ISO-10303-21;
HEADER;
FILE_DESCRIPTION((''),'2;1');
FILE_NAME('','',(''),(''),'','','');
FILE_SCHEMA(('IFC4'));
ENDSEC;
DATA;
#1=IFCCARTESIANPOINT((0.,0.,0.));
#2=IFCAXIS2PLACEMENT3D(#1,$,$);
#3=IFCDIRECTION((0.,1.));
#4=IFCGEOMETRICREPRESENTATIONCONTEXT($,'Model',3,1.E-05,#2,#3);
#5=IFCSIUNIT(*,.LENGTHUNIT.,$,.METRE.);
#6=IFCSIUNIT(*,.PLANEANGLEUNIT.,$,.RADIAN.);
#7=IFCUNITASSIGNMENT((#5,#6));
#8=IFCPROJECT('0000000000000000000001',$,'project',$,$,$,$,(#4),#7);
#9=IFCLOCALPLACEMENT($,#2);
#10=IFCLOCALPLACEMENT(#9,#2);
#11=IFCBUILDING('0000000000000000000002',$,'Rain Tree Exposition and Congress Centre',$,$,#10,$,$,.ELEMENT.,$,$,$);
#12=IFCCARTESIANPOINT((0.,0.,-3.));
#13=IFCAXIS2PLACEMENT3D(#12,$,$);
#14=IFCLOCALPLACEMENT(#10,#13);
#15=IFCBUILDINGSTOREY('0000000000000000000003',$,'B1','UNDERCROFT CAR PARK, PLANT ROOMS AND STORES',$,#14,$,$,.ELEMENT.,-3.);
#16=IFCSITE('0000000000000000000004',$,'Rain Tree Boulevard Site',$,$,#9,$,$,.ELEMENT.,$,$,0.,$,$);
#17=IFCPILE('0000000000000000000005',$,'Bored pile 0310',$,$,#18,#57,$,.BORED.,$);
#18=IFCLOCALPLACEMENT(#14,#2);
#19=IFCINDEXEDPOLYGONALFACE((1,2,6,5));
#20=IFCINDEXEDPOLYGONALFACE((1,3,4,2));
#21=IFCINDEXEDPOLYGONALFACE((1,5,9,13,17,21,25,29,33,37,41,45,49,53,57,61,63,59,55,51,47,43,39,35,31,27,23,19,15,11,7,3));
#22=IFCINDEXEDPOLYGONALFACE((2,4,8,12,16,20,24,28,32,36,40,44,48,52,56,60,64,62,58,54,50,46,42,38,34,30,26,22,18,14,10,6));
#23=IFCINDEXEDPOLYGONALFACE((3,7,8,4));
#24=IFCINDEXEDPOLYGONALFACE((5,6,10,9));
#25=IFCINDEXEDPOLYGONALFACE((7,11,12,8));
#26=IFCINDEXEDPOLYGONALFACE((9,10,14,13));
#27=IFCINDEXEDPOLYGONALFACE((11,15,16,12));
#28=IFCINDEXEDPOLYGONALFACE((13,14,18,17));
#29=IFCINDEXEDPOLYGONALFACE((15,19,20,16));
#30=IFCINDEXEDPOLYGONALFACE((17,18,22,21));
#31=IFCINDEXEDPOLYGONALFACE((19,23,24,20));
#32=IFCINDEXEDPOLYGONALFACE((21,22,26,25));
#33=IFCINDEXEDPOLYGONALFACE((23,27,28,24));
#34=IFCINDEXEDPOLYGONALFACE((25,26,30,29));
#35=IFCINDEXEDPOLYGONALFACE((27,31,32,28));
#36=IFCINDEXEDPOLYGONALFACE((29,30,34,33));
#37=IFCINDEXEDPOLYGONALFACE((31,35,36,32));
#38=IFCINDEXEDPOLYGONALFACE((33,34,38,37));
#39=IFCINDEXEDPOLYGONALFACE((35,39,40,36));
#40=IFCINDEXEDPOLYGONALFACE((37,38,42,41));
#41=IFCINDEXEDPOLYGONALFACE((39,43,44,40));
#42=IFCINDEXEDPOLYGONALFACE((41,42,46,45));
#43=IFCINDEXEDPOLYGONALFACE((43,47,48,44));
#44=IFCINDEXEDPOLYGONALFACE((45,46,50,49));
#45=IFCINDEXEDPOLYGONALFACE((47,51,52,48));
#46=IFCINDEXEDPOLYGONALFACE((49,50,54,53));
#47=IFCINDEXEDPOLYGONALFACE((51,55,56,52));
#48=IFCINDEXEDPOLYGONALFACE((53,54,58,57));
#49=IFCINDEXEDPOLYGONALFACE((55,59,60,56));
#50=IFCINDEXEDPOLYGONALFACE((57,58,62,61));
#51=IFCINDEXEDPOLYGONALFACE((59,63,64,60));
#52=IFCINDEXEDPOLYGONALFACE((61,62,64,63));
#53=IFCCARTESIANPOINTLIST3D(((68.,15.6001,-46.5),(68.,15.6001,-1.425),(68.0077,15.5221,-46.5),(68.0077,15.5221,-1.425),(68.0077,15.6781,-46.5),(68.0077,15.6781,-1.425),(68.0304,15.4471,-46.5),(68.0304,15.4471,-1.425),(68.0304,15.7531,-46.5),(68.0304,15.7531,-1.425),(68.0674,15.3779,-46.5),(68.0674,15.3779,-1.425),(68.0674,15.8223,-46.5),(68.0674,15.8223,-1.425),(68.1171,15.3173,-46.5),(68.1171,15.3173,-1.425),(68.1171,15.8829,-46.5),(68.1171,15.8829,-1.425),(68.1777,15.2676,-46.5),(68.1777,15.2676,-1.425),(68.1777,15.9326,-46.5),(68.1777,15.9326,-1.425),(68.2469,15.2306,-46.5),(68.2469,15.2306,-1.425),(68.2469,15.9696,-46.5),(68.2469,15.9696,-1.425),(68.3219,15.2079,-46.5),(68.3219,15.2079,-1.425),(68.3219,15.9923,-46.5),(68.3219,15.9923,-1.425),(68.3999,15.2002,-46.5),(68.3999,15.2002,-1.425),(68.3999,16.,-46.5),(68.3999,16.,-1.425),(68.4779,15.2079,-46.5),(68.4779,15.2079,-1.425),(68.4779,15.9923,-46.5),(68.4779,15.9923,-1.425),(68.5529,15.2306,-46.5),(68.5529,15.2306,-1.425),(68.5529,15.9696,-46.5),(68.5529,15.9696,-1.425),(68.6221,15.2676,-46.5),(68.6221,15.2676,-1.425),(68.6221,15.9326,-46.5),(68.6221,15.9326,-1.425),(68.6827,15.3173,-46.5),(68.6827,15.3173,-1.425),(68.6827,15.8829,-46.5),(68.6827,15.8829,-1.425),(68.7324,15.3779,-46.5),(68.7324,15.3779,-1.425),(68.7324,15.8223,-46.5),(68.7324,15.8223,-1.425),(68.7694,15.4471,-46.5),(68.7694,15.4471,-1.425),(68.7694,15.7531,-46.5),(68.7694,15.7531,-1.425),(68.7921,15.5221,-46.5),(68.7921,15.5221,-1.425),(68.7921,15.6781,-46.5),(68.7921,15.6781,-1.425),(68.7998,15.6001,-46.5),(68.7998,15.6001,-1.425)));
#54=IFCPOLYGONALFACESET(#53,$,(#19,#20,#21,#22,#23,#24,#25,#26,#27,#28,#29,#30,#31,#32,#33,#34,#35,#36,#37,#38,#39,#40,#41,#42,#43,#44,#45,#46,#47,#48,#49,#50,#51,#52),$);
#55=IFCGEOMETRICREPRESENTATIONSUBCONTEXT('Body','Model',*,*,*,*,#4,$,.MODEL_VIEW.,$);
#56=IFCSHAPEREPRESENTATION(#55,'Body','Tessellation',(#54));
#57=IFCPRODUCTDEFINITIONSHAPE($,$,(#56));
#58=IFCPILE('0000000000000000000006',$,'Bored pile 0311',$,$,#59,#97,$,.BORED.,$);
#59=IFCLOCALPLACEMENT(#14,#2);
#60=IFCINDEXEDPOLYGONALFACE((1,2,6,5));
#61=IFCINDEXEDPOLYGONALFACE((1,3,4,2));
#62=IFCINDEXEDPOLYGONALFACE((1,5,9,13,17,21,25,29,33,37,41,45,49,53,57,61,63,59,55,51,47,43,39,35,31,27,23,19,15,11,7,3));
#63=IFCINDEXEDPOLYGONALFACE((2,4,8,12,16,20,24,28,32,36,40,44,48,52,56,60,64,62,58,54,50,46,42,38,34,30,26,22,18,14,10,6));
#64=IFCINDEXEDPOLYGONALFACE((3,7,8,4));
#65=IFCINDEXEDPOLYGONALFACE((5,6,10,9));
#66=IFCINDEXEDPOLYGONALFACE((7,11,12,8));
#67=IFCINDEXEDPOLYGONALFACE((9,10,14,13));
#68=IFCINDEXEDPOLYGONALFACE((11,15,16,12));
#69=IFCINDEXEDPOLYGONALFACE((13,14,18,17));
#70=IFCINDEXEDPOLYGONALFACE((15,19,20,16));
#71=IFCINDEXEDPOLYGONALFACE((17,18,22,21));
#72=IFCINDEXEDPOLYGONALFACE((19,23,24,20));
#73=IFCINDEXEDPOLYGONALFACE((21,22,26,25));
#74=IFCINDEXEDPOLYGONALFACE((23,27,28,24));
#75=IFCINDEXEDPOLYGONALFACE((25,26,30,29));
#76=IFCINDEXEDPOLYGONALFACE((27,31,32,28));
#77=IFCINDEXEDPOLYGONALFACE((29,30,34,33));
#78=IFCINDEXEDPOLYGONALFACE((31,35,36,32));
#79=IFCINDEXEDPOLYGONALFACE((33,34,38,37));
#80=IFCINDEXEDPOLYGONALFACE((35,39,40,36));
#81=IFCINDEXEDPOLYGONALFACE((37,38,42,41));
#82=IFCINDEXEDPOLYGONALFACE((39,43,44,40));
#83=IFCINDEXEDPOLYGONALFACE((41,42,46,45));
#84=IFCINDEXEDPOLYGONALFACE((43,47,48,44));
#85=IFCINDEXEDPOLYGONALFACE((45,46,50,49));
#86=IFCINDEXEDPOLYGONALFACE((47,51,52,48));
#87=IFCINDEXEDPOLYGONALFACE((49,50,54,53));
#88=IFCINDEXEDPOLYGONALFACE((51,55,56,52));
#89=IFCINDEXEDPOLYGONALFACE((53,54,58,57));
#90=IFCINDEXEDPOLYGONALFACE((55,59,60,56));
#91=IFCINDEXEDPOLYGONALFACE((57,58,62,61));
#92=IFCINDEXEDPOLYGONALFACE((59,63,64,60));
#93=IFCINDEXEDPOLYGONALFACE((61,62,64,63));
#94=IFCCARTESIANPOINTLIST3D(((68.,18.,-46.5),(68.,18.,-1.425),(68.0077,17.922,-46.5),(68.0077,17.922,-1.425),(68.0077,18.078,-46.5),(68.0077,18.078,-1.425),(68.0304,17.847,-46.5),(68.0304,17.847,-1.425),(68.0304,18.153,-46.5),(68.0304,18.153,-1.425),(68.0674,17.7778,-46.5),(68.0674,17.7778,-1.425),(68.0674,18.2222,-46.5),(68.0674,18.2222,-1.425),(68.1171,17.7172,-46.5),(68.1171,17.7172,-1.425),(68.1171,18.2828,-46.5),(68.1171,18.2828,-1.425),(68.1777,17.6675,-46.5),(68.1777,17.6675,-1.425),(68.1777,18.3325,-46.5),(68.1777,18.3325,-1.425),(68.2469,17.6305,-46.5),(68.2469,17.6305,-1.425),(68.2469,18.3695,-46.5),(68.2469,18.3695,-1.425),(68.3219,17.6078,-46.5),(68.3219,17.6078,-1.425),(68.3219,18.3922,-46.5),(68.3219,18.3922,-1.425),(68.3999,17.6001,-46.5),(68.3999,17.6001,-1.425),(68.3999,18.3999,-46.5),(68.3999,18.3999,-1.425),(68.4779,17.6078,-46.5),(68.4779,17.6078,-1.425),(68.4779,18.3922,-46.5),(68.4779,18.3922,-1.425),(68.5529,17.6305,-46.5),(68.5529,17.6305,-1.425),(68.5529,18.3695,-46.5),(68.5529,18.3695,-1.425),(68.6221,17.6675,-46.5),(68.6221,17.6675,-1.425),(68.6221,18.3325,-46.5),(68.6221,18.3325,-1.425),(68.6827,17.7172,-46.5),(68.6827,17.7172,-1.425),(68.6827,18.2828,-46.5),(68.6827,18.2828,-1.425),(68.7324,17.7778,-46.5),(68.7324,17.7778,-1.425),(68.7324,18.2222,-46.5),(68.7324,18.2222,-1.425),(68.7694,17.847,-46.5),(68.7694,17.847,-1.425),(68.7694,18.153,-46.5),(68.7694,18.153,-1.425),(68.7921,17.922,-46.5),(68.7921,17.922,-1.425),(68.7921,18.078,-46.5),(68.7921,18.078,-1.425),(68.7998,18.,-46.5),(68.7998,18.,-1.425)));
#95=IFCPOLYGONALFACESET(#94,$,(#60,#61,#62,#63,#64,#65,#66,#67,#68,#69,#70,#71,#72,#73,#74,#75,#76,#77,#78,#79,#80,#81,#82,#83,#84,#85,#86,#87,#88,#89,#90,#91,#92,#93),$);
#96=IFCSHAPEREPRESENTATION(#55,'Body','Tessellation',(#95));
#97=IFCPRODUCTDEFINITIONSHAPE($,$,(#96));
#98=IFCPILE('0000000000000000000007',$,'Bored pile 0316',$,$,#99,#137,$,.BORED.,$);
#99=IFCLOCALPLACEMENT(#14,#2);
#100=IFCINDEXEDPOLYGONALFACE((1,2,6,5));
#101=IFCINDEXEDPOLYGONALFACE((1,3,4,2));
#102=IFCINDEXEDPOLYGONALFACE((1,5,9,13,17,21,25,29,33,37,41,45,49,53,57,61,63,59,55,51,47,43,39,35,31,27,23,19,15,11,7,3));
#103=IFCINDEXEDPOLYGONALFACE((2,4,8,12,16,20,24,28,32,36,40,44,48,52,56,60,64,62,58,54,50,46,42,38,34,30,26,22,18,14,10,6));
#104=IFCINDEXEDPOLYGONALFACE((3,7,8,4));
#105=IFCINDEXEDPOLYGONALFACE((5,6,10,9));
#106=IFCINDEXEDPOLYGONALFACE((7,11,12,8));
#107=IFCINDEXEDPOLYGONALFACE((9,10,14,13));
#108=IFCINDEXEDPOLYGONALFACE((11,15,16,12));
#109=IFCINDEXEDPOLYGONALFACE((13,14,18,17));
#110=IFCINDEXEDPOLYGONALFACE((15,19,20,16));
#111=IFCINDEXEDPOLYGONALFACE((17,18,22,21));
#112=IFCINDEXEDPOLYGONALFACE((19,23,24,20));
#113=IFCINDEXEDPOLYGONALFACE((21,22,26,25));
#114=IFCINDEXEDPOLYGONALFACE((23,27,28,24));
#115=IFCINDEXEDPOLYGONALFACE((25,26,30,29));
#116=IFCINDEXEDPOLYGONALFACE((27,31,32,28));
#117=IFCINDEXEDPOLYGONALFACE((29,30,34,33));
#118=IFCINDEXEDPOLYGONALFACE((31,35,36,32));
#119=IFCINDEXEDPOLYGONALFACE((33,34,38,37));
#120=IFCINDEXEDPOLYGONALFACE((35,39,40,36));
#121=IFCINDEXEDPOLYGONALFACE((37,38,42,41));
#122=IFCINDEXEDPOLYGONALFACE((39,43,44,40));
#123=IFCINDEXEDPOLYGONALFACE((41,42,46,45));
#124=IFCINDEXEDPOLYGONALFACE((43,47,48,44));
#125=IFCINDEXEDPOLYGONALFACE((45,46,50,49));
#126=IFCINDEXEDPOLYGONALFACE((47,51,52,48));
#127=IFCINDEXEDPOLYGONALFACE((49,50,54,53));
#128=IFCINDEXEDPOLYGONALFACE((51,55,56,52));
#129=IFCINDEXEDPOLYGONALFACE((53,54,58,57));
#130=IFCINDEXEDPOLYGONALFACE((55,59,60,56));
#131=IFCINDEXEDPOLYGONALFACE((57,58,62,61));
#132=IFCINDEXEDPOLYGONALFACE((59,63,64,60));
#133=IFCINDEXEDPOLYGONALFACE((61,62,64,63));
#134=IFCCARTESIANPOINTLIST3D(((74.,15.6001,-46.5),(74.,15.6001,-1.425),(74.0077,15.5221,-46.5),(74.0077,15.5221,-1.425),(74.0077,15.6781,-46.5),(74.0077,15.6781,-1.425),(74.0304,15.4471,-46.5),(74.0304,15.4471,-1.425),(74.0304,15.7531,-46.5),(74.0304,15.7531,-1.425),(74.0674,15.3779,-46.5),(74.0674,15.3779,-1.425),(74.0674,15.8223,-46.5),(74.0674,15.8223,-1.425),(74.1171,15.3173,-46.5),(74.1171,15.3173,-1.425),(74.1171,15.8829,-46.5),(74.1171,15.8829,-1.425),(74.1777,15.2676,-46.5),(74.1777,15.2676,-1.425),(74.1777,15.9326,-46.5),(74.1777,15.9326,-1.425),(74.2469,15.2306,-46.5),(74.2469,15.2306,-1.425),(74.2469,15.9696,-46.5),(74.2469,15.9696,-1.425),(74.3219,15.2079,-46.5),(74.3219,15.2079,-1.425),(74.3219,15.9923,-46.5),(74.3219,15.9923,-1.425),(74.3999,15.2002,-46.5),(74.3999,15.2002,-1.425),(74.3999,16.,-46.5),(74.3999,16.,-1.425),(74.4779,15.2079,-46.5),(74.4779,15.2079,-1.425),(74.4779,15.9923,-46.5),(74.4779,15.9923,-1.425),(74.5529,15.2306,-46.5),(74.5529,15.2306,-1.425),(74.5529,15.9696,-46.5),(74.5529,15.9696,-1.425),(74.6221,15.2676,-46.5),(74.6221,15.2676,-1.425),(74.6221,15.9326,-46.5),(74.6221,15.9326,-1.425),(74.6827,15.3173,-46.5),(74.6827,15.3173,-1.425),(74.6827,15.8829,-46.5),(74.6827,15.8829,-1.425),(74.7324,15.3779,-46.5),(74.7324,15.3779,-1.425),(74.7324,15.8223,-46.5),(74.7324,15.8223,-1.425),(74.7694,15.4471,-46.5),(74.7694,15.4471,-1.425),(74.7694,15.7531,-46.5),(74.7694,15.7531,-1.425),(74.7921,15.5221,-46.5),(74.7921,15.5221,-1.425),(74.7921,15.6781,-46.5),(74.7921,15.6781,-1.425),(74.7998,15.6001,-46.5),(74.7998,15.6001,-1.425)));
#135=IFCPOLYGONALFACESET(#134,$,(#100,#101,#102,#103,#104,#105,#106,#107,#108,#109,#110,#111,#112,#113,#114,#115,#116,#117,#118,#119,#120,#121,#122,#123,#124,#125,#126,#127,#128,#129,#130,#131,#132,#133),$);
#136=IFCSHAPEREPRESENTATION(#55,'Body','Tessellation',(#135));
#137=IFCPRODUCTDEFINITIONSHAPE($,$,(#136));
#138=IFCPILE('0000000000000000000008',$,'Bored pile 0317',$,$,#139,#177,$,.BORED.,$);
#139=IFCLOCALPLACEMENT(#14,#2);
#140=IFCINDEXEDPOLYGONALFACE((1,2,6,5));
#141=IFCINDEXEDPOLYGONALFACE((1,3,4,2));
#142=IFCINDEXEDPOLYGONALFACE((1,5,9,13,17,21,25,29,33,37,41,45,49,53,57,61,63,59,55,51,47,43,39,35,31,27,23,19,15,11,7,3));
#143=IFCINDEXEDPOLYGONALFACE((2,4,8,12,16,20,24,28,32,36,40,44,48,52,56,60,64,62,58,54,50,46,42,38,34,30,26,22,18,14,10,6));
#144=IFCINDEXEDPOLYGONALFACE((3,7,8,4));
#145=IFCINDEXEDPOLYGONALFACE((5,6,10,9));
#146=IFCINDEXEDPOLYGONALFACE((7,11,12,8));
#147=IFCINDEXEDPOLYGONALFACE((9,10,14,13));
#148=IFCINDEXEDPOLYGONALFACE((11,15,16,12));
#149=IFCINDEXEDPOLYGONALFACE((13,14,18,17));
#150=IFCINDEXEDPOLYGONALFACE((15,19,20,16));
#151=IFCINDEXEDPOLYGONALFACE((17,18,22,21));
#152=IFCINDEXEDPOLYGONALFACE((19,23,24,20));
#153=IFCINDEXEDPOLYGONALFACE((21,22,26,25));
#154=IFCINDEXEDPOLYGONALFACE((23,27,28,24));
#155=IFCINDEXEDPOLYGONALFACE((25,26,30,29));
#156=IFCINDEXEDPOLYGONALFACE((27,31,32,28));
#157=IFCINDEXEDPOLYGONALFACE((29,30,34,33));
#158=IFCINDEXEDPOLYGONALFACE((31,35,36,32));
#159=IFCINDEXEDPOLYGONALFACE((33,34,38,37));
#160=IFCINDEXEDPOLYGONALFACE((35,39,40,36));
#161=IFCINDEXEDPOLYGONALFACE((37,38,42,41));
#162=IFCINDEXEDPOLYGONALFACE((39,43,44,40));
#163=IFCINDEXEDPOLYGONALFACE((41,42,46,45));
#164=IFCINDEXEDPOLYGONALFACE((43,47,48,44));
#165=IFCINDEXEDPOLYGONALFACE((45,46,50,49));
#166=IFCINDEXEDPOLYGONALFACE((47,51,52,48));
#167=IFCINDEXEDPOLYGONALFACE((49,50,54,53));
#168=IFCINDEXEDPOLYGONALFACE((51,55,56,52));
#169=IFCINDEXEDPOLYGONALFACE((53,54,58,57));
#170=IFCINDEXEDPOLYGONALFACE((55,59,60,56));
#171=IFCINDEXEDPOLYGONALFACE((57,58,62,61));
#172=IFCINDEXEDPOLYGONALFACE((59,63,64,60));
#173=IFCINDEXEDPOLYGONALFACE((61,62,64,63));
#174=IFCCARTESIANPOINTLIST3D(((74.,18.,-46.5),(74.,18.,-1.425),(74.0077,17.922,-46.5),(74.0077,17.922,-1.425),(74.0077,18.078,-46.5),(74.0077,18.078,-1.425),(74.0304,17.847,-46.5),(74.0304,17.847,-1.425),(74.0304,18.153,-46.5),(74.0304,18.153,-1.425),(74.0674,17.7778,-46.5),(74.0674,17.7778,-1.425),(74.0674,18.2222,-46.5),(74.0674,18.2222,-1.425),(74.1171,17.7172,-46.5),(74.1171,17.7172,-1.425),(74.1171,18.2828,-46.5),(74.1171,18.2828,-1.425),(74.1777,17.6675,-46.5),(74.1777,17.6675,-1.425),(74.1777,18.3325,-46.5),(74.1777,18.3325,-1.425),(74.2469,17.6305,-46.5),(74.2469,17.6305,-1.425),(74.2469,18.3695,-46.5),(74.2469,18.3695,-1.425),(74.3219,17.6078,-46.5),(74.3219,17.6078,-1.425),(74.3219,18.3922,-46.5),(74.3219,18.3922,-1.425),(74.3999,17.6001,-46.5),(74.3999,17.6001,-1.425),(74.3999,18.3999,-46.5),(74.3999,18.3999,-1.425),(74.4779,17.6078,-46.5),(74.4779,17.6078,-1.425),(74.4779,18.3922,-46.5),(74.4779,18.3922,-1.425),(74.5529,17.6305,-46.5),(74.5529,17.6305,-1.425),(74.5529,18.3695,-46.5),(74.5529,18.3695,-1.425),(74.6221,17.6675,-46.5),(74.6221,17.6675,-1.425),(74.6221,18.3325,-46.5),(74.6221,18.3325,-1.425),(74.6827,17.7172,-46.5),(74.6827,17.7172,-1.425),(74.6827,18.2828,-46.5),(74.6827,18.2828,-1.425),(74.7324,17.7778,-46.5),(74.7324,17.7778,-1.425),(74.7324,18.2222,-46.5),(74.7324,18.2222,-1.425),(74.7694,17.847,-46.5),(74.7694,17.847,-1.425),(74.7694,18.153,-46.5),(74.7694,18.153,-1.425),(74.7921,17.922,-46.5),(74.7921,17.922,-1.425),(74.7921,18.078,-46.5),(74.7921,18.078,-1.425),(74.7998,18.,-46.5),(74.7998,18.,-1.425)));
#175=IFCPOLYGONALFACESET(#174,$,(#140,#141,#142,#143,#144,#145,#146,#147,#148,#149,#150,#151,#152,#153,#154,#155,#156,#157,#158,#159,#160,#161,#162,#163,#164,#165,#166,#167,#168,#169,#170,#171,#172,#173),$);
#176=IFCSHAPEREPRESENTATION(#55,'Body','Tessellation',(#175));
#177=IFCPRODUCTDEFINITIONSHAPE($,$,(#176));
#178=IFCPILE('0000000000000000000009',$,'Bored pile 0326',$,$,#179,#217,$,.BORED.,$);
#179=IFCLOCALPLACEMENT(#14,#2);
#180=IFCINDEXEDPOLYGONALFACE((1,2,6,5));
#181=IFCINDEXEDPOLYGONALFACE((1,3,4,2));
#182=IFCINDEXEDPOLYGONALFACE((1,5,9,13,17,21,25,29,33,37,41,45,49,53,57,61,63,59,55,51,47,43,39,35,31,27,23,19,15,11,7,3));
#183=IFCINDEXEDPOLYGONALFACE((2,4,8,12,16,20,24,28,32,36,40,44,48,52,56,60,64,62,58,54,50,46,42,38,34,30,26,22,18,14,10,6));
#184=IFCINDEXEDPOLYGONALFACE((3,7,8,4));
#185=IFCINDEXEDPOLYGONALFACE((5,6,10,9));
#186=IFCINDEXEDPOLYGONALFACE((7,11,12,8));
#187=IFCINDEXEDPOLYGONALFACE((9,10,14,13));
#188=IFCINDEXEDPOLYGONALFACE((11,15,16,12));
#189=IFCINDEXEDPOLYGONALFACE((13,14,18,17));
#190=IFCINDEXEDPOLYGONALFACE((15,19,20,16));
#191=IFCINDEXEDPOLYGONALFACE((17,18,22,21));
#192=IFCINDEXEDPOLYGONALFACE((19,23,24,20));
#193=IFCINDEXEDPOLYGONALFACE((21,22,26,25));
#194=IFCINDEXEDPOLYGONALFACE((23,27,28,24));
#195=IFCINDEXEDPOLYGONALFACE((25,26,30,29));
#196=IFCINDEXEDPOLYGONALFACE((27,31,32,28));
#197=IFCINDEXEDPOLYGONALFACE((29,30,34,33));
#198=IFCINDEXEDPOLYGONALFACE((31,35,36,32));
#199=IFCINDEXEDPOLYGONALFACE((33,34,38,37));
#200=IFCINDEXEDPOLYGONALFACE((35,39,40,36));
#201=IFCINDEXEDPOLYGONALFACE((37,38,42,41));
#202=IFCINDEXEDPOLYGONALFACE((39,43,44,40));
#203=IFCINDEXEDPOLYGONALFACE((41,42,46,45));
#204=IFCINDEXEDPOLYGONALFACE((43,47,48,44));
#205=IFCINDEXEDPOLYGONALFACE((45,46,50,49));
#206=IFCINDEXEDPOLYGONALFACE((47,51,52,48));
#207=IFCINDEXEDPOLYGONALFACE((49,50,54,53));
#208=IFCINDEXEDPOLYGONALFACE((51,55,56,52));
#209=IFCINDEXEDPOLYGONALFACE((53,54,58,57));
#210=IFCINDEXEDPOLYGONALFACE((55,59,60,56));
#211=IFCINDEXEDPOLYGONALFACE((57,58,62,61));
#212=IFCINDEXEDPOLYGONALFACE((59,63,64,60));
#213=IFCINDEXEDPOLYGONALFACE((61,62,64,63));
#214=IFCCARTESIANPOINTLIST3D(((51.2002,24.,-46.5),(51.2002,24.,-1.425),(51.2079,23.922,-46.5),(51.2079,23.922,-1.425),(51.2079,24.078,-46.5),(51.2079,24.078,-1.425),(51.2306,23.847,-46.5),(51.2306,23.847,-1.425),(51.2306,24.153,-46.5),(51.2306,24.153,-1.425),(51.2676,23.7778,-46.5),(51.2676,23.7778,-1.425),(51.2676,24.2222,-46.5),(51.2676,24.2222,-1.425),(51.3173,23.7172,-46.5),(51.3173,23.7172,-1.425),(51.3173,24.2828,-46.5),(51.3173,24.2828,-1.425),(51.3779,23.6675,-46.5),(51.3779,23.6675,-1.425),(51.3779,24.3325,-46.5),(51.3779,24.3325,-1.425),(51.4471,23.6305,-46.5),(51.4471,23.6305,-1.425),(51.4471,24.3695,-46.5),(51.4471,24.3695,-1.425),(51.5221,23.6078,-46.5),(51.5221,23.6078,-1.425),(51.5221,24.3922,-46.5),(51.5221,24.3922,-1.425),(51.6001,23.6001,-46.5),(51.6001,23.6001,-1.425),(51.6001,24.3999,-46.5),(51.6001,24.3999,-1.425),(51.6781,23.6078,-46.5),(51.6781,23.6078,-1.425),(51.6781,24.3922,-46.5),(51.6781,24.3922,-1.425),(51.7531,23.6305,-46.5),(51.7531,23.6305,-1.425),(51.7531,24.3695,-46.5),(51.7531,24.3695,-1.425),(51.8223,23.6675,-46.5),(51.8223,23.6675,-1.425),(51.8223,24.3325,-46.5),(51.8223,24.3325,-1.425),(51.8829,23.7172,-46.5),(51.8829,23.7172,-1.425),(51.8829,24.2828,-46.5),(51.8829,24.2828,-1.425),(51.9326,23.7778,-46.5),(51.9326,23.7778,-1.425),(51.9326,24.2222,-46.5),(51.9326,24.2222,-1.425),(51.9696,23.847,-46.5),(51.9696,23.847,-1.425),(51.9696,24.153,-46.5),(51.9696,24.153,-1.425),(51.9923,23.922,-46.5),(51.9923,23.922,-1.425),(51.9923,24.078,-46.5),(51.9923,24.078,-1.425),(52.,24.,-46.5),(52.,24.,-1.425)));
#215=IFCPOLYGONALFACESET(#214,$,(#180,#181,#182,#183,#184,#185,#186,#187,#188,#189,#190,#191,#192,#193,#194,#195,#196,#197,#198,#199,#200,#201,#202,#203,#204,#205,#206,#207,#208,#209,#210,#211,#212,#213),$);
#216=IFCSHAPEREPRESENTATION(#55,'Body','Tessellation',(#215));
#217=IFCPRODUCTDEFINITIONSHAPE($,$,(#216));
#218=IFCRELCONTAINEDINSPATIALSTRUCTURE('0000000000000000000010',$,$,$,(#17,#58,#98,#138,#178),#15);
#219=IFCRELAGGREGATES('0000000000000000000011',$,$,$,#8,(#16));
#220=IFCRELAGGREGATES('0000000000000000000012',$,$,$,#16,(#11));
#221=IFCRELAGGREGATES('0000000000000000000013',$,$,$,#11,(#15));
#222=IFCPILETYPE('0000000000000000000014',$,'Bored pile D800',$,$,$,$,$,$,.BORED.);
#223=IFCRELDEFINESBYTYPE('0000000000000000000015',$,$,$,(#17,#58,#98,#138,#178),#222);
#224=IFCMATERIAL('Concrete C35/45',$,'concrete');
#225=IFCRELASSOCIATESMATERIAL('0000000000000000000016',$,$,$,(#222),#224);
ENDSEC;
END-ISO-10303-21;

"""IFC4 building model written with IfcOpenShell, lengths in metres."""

from ifc_helpers import new_model, si_unit, direction, frame, origin, origin_2d, place, context, subcontext, project, spatial, circle, extrude, material, material_profile, profile_set, type_object, element, save


model = new_model("IFC4")

# Units and contexts
model_context = context("Model", 3, precision=1e-05, world=origin(), true_north=direction((0.0, 1.0)))
body_context = subcontext(model_context, "Body", "Model", "MODEL_VIEW")
ifc_project = project(units=[si_unit("LENGTHUNIT", "METRE"), si_unit("PLANEANGLEUNIT", "RADIAN")], contexts=[model_context])

# Site, building, storey
site_placement = place(None, origin())
site = spatial("IfcSite", under=ifc_project, at=site_placement, Name="Rain Tree Boulevard Site", CompositionType="ELEMENT", RefElevation=0.0)
building_placement = place(site_placement, origin())
building = spatial("IfcBuilding", under=site, at=building_placement, Name="Rain Tree Exposition and Congress Centre", CompositionType="ELEMENT")
storey_placement = place(building_placement, frame((0.0, 0.0, -3.0)))
storey = spatial("IfcBuildingStorey", under=building, at=storey_placement, Name="B1", Description="UNDERCROFT CAR PARK, PLANT ROOMS AND STORES", CompositionType="ELEMENT", Elevation=-3.0)

# Piles
ifc_material_1 = material(Name="Concrete C35/45", Category="concrete")
ifc_material_profile_1 = material_profile(ifc_material_1, circle(Radius=0.3999, at=origin_2d()), Name="D800")
ifc_profile_set_1 = profile_set([ifc_material_profile_1], Name="Concrete C35/45")
pile_type_1 = type_object("IfcPileType", Name="Bored pile D800", PredefinedType="BORED", material=ifc_profile_set_1)
for number, where, z_axis, x_axis, name in (
    (1, (68.3999, 15.6001, -1.425), (0.0, 0.0, -1.0), (1.0, 0.0, 0.0), "Bored pile 0310"),
    (2, (68.3999, 18.0, -1.425), (0.0, 0.0, -1.0), (1.0, 0.0, 0.0), "Bored pile 0311"),
    (3, (74.3999, 15.6001, -1.425), (0.0, 0.0, -1.0), (1.0, 0.0, 0.0), "Bored pile 0316"),
    (4, (74.3999, 18.0, -1.425), (0.0, 0.0, -1.0), (1.0, 0.0, 0.0), "Bored pile 0317"),
    (5, (51.6001, 24.0, -1.425), (0.0, 0.0, -1.0), (1.0, 0.0, 0.0), "Bored pile 0326"),
):
    element("IfcPile", number, at=place(storey_placement, frame(where, z_axis=z_axis, x_axis=x_axis)), inside=storey, type_object=pile_type_1, Name=name, PredefinedType="BORED", context=body_context, shape_type="SweptSolid", body=[
        extrude(circle(Radius=0.3999, at=origin_2d()), origin(), (0.0, 0.0, 1.0), 45.075),
    ])

save(model, "model.ifc")
